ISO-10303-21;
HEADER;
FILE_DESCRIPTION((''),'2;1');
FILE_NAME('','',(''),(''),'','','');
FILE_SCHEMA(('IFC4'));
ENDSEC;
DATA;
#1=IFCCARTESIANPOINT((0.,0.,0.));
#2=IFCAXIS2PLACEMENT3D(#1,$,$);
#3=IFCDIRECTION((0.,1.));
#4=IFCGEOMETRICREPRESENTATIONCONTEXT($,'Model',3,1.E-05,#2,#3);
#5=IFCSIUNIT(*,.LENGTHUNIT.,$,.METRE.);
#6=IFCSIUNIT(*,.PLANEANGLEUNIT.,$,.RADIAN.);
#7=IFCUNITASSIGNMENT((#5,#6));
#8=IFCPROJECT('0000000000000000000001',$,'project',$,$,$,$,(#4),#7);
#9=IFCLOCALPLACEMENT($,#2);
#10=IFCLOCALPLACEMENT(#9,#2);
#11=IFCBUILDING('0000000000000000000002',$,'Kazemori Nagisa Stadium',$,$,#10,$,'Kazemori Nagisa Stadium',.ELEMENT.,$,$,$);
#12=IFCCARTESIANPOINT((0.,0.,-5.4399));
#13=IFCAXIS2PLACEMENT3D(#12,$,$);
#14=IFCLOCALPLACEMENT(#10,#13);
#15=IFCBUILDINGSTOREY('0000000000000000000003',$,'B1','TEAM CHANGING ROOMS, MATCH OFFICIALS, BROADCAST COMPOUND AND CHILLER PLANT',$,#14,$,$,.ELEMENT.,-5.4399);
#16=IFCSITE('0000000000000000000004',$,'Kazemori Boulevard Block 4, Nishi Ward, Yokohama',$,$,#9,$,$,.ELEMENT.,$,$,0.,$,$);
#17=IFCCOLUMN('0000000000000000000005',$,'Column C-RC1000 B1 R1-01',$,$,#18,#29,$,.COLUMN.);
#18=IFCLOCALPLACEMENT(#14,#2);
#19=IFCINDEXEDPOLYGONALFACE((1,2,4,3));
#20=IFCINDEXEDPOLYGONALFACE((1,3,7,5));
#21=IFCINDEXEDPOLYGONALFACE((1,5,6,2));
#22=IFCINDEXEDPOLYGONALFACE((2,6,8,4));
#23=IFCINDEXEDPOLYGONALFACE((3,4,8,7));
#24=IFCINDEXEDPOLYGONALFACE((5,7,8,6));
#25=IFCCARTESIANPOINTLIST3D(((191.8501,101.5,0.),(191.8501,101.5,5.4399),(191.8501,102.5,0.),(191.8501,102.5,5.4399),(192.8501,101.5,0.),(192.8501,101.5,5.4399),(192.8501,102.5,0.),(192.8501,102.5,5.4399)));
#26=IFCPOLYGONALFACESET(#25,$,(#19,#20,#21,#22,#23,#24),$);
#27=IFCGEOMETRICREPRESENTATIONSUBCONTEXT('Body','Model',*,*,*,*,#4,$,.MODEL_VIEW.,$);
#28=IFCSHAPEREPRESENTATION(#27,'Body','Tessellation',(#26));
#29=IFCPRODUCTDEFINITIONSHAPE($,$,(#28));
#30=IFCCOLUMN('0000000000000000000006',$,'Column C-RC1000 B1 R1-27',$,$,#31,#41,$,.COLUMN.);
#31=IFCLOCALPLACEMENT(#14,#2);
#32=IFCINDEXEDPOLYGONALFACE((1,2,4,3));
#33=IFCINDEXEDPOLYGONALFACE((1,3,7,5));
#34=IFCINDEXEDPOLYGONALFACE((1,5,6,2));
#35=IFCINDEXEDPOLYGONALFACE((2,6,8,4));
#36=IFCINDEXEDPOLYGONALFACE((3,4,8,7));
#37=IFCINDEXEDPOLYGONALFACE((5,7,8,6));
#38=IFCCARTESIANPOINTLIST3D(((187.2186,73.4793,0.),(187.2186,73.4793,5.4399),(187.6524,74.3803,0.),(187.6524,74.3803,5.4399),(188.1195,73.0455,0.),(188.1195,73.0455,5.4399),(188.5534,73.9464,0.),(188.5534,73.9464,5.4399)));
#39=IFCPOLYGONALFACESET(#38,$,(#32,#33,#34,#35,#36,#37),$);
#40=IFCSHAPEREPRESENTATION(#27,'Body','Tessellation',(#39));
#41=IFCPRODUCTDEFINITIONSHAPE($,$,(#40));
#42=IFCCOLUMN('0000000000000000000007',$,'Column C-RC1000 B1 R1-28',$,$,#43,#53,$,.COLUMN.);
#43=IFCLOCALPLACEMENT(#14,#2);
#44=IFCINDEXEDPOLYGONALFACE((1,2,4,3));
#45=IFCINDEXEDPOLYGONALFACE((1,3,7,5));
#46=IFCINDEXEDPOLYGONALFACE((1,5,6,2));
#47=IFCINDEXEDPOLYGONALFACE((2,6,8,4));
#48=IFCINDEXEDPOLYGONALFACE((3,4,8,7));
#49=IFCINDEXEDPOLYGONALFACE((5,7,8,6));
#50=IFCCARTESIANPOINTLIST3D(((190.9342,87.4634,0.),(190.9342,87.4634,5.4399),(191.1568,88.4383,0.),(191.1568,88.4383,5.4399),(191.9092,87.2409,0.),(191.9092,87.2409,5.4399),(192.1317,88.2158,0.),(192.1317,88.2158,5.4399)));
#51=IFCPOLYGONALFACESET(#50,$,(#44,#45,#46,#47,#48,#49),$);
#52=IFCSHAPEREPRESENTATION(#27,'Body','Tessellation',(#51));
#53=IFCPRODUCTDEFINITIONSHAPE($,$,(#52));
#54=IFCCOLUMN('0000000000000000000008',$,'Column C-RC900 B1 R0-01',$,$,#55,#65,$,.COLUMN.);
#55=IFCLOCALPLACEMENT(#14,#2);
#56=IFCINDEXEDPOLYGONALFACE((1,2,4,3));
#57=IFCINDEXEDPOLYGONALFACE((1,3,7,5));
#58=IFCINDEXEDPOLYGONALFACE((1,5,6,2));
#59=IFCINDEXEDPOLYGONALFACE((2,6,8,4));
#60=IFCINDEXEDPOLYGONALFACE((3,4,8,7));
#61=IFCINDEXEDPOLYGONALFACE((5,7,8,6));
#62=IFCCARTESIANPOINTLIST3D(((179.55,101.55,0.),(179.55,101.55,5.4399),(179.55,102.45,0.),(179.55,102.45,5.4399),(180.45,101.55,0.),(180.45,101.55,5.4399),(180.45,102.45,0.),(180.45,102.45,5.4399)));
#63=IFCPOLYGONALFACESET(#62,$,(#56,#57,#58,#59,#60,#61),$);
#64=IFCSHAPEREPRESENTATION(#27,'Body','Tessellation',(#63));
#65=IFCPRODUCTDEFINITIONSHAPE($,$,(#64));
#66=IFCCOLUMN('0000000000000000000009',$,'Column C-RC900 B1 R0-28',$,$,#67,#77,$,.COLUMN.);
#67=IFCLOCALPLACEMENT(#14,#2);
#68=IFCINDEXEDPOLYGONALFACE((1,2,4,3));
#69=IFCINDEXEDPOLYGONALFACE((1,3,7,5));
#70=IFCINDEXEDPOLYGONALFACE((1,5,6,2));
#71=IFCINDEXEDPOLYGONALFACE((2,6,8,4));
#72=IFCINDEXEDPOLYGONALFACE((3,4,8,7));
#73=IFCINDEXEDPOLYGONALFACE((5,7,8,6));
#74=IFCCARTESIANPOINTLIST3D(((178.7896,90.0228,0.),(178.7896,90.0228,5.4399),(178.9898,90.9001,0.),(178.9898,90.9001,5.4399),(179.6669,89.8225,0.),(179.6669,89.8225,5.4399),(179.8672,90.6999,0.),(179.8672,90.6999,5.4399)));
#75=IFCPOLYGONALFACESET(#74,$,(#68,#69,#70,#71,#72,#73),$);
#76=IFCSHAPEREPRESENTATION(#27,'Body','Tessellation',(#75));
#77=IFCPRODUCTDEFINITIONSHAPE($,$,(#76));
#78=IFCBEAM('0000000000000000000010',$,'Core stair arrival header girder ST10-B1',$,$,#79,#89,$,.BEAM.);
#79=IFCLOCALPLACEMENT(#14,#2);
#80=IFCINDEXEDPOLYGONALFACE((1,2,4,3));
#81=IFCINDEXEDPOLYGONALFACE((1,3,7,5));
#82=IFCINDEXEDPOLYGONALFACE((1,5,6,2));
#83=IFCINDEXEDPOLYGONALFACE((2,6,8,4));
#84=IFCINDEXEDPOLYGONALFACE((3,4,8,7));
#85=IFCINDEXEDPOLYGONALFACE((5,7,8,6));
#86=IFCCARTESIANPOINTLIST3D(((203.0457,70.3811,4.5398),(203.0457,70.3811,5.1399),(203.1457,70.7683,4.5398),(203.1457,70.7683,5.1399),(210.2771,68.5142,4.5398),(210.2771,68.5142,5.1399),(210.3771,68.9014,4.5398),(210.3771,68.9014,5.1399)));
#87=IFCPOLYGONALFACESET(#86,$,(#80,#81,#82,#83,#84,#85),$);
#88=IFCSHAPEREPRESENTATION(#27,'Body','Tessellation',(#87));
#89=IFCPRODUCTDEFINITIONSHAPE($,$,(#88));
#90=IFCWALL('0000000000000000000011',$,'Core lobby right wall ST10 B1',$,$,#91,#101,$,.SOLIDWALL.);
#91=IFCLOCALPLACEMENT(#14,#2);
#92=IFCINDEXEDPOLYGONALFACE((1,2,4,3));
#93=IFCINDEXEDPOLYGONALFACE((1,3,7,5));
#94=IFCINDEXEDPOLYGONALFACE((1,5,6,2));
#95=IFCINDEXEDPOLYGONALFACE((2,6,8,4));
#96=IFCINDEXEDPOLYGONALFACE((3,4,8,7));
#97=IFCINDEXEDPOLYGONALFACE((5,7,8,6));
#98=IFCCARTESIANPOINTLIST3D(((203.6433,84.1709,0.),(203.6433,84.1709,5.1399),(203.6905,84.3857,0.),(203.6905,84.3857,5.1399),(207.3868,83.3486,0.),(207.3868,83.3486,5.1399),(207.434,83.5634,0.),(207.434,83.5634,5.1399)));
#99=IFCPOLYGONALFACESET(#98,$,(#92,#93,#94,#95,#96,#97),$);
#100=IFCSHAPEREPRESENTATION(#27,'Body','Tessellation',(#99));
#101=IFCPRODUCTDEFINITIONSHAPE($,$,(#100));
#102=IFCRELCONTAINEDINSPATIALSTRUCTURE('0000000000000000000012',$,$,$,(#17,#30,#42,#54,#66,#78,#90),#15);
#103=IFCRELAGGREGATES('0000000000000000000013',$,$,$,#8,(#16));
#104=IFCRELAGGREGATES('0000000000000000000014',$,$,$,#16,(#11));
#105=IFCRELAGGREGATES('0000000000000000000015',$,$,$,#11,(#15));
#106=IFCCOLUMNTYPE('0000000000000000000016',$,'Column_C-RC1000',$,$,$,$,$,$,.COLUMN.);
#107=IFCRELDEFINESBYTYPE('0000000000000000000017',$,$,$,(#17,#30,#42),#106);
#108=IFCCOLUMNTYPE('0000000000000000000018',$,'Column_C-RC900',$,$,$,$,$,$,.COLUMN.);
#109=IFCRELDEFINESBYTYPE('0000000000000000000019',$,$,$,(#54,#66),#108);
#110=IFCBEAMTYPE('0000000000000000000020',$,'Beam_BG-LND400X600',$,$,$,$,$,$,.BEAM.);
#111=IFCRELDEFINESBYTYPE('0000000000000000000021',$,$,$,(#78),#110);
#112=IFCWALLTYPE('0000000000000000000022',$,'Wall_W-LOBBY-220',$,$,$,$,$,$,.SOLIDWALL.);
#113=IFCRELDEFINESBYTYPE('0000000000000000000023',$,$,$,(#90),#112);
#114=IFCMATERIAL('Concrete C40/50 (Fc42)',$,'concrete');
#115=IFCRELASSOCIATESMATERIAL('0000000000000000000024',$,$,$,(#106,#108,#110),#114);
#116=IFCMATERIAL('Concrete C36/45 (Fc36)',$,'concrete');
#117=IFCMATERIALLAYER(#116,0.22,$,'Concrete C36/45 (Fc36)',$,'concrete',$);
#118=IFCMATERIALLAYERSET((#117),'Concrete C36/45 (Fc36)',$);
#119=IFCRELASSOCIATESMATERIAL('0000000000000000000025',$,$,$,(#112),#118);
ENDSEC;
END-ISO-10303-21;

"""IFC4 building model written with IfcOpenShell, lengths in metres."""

from ifc_helpers import new_model, si_unit, direction, frame, frame_2d, origin, origin_2d, place, context, subcontext, project, spatial, rectangle, extrude, material, layer, layer_set, material_profile, profile_set, type_object, element, save


model = new_model("IFC4")

# Units and contexts
model_context = context("Model", 3, precision=1e-05, world=origin(), true_north=direction((0.0, 1.0)))
body_context = subcontext(model_context, "Body", "Model", "MODEL_VIEW")
ifc_project = project(units=[si_unit("LENGTHUNIT", "METRE"), si_unit("PLANEANGLEUNIT", "RADIAN")], contexts=[model_context])

# Site, building, storey
site_placement = place(None, origin())
site = spatial("IfcSite", under=ifc_project, at=site_placement, Name="Kazemori Boulevard Block 4, Nishi Ward, Yokohama", CompositionType="ELEMENT", RefElevation=0.0)
building_placement = place(site_placement, origin())
building = spatial("IfcBuilding", under=site, at=building_placement, Name="Kazemori Nagisa Stadium", LongName="Kazemori Nagisa Stadium", CompositionType="ELEMENT")
storey_placement = place(building_placement, frame((0.0, 0.0, -5.4399)))
storey = spatial("IfcBuildingStorey", under=building, at=storey_placement, Name="B1", Description="TEAM CHANGING ROOMS, MATCH OFFICIALS, BROADCAST COMPOUND AND CHILLER PLANT", CompositionType="ELEMENT", Elevation=-5.4399)

# Shared definitions
ifc_material_1 = material(Name="Concrete C40/50 (Fc42)", Category="concrete")

# Shared definitions
ifc_material_2 = material(Name="Concrete C36/45 (Fc36)", Category="concrete")

# Columns
ifc_material_profile_1 = material_profile(ifc_material_1, rectangle(XDim=1.0, YDim=1.0, at=origin_2d()), Name="RC-COL-1000x1000")
ifc_profile_set_1 = profile_set([ifc_material_profile_1], Name="Concrete C40/50 (Fc42)")
column_type_1 = type_object("IfcColumnType", Name="Column_C-RC1000", PredefinedType="COLUMN", material=ifc_profile_set_1)
for number, where, z_axis, x_axis, name in (
    (1, (192.3501, 102.0, 0.0), (0.0, 0.0, 1.0), (1.0, 0.0, 0.0), "Column C-RC1000 B1 R1-01"),
    (2, (187.886, 73.7129, 0.0), (0.0, 0.0, 1.0), (0.900969, -0.433884, 0.0), "Column C-RC1000 B1 R1-27"),
    (3, (191.533, 87.8396, 0.0), (0.0, 0.0, 1.0), (0.974928, -0.222521, 0.0), "Column C-RC1000 B1 R1-28"),
):
    element("IfcColumn", number, at=place(storey_placement, frame(where, z_axis=z_axis, x_axis=x_axis)), inside=storey, type_object=column_type_1, Name=name, PredefinedType="COLUMN", context=body_context, shape_type="SweptSolid", body=[
        extrude(rectangle(XDim=1.0, YDim=1.0, at=origin_2d()), origin(), (0.0, 0.0, 1.0), 5.4399),
    ])
ifc_material_profile_2 = material_profile(ifc_material_1, rectangle(XDim=0.8999, YDim=0.8999, at=origin_2d()), Name="RC-COL-900x900")
ifc_profile_set_2 = profile_set([ifc_material_profile_2], Name="Concrete C40/50 (Fc42)")
column_type_2 = type_object("IfcColumnType", Name="Column_C-RC900", PredefinedType="COLUMN", material=ifc_profile_set_2)
for number, where, z_axis, x_axis, name in (
    (4, (180.0, 102.0, 0.0), (0.0, 0.0, 1.0), (1.0, 0.0, 0.0), "Column C-RC900 B1 R0-01"),
    (5, (179.3284, 90.3613, 0.0), (0.0, 0.0, 1.0), (0.974928, -0.222521, 0.0), "Column C-RC900 B1 R0-28"),
):
    element("IfcColumn", number, at=place(storey_placement, frame(where, z_axis=z_axis, x_axis=x_axis)), inside=storey, type_object=column_type_2, Name=name, PredefinedType="COLUMN", context=body_context, shape_type="SweptSolid", body=[
        extrude(rectangle(XDim=0.8999, YDim=0.8999, at=origin_2d()), origin(), (0.0, 0.0, 1.0), 5.4399),
    ])

# Beam
ifc_material_profile_3 = material_profile(ifc_material_1, rectangle(XDim=0.3999, YDim=0.6001, at=origin_2d()), Name="RC-BM-400x600")
ifc_profile_set_3 = profile_set([ifc_material_profile_3], Name="Concrete C40/50 (Fc42)")
beam_type = type_object("IfcBeamType", Name="Beam_BG-LND400X600", PredefinedType="BEAM", material=ifc_profile_set_3)
beam_placement = place(storey_placement, frame((203.0957, 70.5747, 4.8398), z_axis=(0.968253, -0.249974, 0.0), x_axis=(0.249974, 0.968253, 0.0)))
element("IfcBeam", 6, at=beam_placement, inside=storey, type_object=beam_type, Name="Core stair arrival header girder ST10-B1", PredefinedType="BEAM", context=body_context, shape_type="SweptSolid", body=[
    extrude(rectangle(XDim=0.3999, YDim=0.6001, at=origin_2d()), origin(), (0.0, 0.0, 1.0), 7.4685),
])

# Wall
ifc_layer = layer(ifc_material_2, 0.22, Name="Concrete C36/45 (Fc36)", Category="concrete")
ifc_layer_set = layer_set([ifc_layer], Name="Concrete C36/45 (Fc36)")
wall_type = type_object("IfcWallType", Name="Wall_W-LOBBY-220", PredefinedType="SOLIDWALL", material=ifc_layer_set)
wall_placement = place(storey_placement, frame((203.6667, 84.2783, 0.0), z_axis=(0.0, 0.0, 1.0), x_axis=(0.976715, -0.214542, 0.0)))
element("IfcWall", 7, at=wall_placement, inside=storey, type_object=wall_type, Name="Core lobby right wall ST10 B1", PredefinedType="SOLIDWALL", context=body_context, shape_type="SweptSolid", body=[
    extrude(rectangle(XDim=3.8328, YDim=0.22, at=frame_2d((1.9165, 0.0))), origin(), (0.0, 0.0, 1.0), 5.1399),
])

save(model, "model.ifc")
